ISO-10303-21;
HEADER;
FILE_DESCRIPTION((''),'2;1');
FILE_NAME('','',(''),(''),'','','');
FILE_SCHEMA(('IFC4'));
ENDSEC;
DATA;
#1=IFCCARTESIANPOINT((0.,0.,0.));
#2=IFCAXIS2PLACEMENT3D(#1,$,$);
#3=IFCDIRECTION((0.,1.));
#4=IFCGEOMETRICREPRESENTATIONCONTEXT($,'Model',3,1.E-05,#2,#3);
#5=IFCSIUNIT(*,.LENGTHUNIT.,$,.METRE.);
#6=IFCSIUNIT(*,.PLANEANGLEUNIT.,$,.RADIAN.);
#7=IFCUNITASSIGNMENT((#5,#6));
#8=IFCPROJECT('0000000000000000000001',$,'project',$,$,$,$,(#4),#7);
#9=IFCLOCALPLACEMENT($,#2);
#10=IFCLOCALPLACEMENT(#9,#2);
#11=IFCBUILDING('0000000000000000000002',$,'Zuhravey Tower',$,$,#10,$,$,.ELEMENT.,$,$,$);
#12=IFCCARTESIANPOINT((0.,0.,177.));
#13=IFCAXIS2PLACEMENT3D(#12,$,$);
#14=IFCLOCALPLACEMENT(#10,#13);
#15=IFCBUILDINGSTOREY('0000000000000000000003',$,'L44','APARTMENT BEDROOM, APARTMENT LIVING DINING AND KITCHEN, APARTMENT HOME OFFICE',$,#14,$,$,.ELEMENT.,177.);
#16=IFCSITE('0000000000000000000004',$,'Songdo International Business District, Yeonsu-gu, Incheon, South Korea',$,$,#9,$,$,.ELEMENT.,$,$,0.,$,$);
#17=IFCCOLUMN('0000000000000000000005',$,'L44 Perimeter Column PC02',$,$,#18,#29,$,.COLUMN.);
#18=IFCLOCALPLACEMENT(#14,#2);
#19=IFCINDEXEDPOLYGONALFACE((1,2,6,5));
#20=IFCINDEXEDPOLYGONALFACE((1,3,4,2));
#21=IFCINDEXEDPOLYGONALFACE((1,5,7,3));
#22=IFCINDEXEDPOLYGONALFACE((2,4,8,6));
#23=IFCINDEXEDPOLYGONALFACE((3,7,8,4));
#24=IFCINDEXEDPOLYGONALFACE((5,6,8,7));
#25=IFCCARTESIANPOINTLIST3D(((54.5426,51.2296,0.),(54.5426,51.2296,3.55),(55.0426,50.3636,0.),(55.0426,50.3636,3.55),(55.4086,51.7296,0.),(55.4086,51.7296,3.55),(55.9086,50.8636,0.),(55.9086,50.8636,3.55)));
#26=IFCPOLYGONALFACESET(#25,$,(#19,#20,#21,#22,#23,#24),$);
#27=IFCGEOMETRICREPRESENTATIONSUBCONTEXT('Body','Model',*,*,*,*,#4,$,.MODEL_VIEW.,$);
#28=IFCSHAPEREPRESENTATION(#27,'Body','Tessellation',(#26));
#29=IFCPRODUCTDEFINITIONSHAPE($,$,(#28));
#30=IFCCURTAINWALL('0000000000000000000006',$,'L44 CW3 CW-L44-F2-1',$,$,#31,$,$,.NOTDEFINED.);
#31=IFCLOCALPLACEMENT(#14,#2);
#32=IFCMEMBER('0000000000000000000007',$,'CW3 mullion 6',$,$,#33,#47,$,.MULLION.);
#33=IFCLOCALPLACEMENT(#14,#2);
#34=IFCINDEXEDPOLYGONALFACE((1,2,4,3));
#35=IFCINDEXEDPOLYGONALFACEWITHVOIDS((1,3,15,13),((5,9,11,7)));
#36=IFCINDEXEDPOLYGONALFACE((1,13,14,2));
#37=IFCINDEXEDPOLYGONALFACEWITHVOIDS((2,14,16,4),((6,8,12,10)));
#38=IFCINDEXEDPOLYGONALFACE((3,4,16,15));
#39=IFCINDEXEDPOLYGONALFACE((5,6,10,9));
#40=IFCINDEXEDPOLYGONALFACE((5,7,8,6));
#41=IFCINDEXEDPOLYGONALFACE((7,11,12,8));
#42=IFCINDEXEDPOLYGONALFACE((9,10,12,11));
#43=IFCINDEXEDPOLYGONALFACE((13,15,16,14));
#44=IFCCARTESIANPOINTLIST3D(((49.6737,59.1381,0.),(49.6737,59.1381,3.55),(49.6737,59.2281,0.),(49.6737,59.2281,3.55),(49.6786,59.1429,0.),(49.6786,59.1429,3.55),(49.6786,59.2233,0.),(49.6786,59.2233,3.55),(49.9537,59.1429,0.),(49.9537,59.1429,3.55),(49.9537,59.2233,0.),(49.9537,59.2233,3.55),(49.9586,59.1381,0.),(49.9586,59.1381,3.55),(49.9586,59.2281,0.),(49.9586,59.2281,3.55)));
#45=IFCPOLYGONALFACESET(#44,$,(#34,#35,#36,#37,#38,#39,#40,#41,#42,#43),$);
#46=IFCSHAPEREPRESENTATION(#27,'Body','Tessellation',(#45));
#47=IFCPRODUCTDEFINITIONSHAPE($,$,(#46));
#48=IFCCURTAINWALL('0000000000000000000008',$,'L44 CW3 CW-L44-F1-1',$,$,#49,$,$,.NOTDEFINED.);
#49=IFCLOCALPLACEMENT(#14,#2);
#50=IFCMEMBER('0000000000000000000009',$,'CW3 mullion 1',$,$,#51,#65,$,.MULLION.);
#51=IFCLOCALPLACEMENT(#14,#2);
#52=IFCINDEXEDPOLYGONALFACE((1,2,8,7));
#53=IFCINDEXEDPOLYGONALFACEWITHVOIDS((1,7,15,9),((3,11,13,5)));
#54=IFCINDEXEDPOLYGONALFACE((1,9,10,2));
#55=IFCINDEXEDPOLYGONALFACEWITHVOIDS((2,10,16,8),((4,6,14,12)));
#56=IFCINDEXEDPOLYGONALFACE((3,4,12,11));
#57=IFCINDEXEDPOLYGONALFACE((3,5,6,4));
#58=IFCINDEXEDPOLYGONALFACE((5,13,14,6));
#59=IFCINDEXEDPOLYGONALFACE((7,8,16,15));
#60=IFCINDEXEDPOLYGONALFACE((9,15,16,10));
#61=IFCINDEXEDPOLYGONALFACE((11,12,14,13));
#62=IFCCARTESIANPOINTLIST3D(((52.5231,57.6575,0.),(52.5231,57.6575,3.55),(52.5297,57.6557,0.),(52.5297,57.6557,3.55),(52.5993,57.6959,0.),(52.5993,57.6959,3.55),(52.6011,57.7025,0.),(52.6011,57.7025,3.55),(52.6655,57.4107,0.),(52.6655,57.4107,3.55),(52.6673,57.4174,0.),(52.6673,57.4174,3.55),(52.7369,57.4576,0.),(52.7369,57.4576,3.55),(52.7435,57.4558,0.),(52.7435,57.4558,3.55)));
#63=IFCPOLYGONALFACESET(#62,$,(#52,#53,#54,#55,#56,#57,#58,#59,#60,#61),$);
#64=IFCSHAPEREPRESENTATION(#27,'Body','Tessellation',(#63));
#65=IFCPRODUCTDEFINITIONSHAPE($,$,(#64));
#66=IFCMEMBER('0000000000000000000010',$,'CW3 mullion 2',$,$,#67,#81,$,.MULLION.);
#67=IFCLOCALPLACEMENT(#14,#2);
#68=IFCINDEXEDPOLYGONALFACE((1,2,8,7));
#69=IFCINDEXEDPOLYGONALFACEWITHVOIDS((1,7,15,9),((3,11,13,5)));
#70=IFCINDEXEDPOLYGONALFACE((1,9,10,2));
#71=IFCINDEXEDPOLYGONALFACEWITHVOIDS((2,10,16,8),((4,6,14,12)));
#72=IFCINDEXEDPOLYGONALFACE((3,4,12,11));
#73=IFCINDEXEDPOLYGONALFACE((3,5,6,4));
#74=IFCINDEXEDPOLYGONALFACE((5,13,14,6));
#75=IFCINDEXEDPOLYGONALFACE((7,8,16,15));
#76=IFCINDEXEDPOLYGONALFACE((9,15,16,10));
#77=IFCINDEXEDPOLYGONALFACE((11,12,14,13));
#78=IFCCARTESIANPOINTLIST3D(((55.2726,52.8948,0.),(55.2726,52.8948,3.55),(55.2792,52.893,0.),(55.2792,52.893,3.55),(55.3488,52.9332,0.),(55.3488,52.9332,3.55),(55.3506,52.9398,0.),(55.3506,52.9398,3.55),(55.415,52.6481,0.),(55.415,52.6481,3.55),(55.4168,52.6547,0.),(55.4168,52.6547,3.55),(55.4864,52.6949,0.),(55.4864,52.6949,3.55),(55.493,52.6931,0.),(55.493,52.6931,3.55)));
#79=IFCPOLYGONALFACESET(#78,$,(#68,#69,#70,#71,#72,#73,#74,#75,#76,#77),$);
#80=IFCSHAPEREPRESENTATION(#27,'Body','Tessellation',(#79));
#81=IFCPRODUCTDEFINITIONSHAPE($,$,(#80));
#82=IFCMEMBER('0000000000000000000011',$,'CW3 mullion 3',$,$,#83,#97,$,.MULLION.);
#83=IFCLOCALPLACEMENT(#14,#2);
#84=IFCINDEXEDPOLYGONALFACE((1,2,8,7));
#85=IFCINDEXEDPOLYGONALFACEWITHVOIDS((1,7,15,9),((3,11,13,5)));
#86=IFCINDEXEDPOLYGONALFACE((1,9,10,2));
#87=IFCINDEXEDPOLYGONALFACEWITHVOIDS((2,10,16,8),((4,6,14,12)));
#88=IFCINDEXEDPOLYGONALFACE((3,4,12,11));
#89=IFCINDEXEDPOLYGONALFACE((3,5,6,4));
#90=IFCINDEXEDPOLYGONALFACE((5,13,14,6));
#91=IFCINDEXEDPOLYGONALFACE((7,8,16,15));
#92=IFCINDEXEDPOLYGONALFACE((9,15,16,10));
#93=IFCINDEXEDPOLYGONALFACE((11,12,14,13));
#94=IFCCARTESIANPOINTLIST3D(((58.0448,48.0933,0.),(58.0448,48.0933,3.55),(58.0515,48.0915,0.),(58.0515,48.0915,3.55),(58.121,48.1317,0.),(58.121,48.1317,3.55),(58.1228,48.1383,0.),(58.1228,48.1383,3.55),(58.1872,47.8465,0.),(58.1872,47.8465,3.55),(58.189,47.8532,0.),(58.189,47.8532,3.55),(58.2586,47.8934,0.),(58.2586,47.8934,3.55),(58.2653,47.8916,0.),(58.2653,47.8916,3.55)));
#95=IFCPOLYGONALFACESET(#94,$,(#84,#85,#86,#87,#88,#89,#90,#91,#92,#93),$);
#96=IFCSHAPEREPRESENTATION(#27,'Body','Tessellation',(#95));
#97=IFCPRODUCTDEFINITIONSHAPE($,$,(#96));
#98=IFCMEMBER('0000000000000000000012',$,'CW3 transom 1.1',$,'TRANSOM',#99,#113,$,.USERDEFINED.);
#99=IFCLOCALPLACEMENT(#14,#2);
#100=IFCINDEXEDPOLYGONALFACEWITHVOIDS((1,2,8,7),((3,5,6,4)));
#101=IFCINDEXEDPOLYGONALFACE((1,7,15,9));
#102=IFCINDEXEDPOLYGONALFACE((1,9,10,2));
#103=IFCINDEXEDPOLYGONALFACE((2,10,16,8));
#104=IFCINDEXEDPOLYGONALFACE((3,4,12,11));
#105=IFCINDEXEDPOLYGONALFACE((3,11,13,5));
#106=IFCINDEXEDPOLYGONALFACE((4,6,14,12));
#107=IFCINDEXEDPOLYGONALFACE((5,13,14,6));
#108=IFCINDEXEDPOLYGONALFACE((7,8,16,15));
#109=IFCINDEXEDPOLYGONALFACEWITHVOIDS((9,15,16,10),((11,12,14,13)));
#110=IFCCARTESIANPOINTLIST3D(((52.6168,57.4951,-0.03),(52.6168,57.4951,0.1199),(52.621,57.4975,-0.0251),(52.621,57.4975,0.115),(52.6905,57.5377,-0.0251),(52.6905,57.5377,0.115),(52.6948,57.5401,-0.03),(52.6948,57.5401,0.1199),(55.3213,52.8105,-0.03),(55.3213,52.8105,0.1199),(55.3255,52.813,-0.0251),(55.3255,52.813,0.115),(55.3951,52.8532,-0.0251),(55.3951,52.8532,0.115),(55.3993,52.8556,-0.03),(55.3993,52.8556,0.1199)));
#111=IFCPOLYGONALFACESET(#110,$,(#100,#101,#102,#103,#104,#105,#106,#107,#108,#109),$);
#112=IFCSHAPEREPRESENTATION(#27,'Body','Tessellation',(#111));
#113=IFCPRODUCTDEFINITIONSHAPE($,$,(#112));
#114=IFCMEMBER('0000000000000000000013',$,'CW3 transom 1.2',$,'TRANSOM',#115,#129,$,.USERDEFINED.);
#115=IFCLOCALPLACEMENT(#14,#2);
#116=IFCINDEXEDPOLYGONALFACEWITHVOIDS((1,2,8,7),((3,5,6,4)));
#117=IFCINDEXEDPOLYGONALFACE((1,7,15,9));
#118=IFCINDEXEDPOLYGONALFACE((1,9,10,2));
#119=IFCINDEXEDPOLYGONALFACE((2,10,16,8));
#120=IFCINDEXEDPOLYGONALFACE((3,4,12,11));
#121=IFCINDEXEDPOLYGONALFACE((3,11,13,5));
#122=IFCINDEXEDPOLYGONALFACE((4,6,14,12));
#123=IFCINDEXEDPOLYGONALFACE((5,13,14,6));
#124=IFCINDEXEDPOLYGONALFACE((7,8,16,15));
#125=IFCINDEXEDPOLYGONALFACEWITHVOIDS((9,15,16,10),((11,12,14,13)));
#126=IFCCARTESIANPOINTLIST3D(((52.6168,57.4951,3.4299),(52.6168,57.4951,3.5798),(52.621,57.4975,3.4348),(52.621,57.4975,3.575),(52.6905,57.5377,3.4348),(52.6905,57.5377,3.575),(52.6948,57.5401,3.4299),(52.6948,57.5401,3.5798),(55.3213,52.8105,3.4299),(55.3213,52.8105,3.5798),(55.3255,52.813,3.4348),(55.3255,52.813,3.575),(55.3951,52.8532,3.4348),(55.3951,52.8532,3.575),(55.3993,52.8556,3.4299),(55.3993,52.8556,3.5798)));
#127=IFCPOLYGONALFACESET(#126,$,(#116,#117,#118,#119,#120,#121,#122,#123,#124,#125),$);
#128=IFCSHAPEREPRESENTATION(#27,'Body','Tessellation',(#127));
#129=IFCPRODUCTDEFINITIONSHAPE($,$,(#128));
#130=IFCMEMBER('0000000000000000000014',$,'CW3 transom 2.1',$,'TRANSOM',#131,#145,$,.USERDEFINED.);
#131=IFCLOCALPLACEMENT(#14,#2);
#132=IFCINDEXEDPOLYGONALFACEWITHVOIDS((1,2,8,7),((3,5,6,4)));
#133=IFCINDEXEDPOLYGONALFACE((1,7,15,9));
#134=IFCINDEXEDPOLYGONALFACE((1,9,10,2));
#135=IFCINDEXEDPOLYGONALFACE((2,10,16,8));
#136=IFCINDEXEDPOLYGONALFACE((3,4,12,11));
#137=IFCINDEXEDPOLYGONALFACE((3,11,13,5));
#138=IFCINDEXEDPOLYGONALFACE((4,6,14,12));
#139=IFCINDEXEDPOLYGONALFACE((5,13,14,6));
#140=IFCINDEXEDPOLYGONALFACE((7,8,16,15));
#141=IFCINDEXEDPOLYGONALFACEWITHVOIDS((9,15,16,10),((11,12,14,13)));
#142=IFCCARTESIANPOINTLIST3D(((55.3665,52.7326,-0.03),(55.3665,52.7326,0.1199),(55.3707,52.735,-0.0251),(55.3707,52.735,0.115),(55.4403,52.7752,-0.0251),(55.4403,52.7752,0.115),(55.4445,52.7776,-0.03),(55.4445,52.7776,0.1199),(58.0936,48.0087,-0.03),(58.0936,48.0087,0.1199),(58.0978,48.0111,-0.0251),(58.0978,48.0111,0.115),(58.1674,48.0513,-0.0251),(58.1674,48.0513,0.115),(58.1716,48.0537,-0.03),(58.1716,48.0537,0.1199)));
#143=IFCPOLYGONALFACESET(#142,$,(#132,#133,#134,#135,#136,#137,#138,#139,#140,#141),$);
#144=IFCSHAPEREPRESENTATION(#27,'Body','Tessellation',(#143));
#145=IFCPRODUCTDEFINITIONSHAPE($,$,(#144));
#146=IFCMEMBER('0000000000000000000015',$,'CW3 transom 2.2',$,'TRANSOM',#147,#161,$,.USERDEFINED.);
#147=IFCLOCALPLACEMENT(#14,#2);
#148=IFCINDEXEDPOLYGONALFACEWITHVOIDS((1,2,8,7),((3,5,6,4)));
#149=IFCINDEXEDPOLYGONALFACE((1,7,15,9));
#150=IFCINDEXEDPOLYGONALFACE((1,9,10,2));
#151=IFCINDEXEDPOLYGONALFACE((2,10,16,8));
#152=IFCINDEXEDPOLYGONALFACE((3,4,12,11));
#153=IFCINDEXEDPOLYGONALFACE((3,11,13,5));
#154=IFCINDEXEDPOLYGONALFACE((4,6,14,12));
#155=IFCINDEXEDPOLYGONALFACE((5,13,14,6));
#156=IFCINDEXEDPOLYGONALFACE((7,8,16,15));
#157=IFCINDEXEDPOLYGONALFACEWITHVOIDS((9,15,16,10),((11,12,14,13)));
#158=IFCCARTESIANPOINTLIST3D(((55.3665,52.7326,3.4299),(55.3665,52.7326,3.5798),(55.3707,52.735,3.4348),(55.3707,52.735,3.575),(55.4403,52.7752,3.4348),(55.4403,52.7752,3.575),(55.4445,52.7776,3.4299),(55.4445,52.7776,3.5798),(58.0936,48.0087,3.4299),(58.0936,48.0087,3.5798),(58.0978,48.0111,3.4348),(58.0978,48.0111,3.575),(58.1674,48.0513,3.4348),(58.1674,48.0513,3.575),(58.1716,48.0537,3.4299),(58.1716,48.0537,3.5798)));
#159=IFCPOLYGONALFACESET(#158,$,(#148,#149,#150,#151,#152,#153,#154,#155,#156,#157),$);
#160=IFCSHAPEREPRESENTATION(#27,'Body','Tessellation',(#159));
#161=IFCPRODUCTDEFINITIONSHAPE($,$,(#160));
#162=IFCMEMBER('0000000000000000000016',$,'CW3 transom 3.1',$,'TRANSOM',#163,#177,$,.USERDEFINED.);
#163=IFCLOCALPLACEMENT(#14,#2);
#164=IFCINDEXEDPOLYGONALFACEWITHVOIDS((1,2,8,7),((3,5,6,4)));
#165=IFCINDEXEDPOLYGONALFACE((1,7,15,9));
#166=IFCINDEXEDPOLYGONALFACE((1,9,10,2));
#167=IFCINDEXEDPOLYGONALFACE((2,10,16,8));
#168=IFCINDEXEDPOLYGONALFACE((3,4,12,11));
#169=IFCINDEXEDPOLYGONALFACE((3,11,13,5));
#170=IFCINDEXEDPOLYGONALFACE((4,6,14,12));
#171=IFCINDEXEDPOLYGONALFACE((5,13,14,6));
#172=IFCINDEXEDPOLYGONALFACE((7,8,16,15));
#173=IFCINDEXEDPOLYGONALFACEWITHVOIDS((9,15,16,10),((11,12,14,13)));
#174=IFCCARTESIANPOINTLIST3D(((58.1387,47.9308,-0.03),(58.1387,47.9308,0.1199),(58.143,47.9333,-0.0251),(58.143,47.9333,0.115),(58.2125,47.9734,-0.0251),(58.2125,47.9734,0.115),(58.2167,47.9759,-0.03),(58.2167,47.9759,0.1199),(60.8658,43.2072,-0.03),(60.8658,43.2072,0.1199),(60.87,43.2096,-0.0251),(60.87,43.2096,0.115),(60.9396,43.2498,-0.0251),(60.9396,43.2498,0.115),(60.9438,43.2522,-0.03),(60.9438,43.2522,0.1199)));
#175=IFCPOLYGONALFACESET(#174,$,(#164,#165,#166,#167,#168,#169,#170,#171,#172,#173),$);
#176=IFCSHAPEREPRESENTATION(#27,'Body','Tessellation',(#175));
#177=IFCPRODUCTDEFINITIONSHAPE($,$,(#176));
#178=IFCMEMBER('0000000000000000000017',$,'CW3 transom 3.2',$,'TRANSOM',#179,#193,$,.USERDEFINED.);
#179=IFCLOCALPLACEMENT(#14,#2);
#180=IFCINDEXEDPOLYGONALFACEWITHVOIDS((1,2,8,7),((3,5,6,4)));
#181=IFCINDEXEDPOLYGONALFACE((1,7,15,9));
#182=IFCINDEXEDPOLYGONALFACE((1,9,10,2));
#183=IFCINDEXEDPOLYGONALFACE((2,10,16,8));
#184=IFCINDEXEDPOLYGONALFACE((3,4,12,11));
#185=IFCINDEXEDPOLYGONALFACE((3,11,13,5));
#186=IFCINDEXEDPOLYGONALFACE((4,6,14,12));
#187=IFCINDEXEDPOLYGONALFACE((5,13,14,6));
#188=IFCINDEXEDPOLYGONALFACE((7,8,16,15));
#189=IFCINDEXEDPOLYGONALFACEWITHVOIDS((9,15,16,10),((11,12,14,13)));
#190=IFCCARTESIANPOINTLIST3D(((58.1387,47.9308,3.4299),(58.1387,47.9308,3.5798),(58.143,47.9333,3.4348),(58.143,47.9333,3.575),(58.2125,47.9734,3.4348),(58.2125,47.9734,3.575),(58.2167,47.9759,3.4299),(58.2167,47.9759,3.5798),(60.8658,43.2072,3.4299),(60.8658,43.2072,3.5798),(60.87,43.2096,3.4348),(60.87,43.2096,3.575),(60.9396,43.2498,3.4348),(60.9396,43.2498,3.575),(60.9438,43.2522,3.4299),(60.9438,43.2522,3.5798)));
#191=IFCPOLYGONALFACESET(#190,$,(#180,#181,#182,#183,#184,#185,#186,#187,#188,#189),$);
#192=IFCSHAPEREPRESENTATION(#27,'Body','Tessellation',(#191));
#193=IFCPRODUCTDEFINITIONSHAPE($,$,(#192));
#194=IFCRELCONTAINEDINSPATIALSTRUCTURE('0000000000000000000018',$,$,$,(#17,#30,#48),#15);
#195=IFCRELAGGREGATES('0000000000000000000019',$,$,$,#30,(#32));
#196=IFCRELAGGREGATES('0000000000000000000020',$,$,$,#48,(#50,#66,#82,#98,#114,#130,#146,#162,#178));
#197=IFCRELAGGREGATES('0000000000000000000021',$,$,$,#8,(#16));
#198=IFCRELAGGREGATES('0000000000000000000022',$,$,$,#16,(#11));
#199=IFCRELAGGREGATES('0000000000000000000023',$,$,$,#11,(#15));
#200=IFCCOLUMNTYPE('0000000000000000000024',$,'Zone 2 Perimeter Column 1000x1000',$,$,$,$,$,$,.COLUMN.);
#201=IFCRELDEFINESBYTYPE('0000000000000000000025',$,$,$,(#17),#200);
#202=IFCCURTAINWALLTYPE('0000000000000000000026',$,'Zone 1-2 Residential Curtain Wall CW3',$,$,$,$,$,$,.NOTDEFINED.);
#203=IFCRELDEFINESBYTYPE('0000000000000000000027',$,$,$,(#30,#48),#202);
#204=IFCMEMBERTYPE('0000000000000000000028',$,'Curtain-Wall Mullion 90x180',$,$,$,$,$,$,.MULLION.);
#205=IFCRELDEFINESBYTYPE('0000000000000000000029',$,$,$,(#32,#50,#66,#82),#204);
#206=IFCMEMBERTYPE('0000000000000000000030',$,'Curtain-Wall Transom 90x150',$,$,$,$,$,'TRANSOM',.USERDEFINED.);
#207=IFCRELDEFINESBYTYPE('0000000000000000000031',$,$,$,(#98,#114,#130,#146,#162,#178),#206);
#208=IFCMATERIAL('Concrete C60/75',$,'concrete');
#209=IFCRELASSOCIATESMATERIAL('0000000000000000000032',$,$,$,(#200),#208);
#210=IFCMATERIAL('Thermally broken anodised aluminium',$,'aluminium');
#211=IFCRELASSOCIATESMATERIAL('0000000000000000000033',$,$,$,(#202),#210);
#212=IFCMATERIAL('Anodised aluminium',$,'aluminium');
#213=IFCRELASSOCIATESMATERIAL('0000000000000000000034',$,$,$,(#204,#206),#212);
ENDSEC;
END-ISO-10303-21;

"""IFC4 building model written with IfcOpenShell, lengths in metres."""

from ifc_helpers import new_model, si_unit, direction, frame, origin, origin_2d, place, context, subcontext, project, spatial, rectangle, hollow_rectangle, extrude, material, material_profile, profile_set, type_object, element, aggregate, save


model = new_model("IFC4")

# Units and contexts
model_context = context("Model", 3, precision=1e-05, world=origin(), true_north=direction((0.0, 1.0)))
body_context = subcontext(model_context, "Body", "Model", "MODEL_VIEW")
ifc_project = project(units=[si_unit("LENGTHUNIT", "METRE"), si_unit("PLANEANGLEUNIT", "RADIAN")], contexts=[model_context])

# Site, building, storey
site_placement = place(None, origin())
site = spatial("IfcSite", under=ifc_project, at=site_placement, Name="Songdo International Business District, Yeonsu-gu, Incheon, South Korea", CompositionType="ELEMENT", RefElevation=0.0)
building_placement = place(site_placement, origin())
building = spatial("IfcBuilding", under=site, at=building_placement, Name="Zuhravey Tower", CompositionType="ELEMENT")
storey_placement = place(building_placement, frame((0.0, 0.0, 177.0)))
storey = spatial("IfcBuildingStorey", under=building, at=storey_placement, Name="L44", Description="APARTMENT BEDROOM, APARTMENT LIVING DINING AND KITCHEN, APARTMENT HOME OFFICE", CompositionType="ELEMENT", Elevation=177.0)

# Column
ifc_material_1 = material(Name="Concrete C60/75", Category="concrete")
ifc_material_profile_1 = material_profile(ifc_material_1, rectangle(XDim=1.0, YDim=1.0, at=origin_2d()), Name="RC-1000x1000")
ifc_profile_set_1 = profile_set([ifc_material_profile_1], Name="Concrete C60/75")
column_type = type_object("IfcColumnType", Name="Zone 2 Perimeter Column 1000x1000", PredefinedType="COLUMN", material=ifc_profile_set_1)
column_placement = place(storey_placement, frame((55.2256, 51.0466, 0.0), z_axis=(0.0, 0.0, 1.0), x_axis=(-0.5, 0.866025, 0.0)))
element("IfcColumn", 1, at=column_placement, inside=storey, type_object=column_type, Name="L44 Perimeter Column PC02", PredefinedType="COLUMN", context=body_context, shape_type="SweptSolid", body=[
    extrude(rectangle(XDim=1.0, YDim=1.0, at=origin_2d()), origin(), (0.0, 0.0, 1.0), 3.55),
])

# Curtain wall, member
ifc_material_2 = material(Name="Thermally broken anodised aluminium", Category="aluminium")
curtain_wall_type = type_object("IfcCurtainWallType", Name="Zone 1-2 Residential Curtain Wall CW3", PredefinedType="NOTDEFINED", material=ifc_material_2)
curtain_wall_1_placement = place(storey_placement, origin())
curtain_wall_1 = element("IfcCurtainWall", 2, at=curtain_wall_1_placement, inside=storey, type_object=curtain_wall_type, Name="L44 CW3 CW-L44-F2-1", PredefinedType="NOTDEFINED")
ifc_material_3 = material(Name="Anodised aluminium", Category="aluminium")
ifc_material_profile_2 = material_profile(ifc_material_3, hollow_rectangle(XDim=0.0901, YDim=0.2849, WallThickness=0.0049, at=origin_2d()), Name="ALU-RHS-90x285x5")
ifc_profile_set_2 = profile_set([ifc_material_profile_2], Name="Anodised aluminium")
member_type_1 = type_object("IfcMemberType", Name="Curtain-Wall Mullion 90x180", PredefinedType="MULLION", material=ifc_profile_set_2)
member_1_placement = place(storey_placement, frame((49.8162, 59.1831, 0.0), z_axis=(0.0, 0.0, 1.0), x_axis=(0.0, 1.0, 0.0)))
member_1 = element("IfcMember", 3, at=member_1_placement, type_object=member_type_1, Name="CW3 mullion 6", PredefinedType="MULLION", context=body_context, shape_type="SweptSolid", body=[
    extrude(hollow_rectangle(XDim=0.0901, YDim=0.2849, WallThickness=0.0049, at=origin_2d()), origin(), (0.0, 0.0, 1.0), 3.55),
])
aggregate(curtain_wall_1, [member_1])

# Curtain wall, members
curtain_wall_2_placement = place(storey_placement, origin())
curtain_wall_2 = element("IfcCurtainWall", 4, at=curtain_wall_2_placement, inside=storey, type_object=curtain_wall_type, Name="L44 CW3 CW-L44-F1-1", PredefinedType="NOTDEFINED")
member_2_placement = place(storey_placement, frame((52.6333, 57.5566, 0.0), z_axis=(0.0, 0.0, 1.0), x_axis=(0.866025, 0.5, 0.0)))
member_2 = element("IfcMember", 5, at=member_2_placement, type_object=member_type_1, Name="CW3 mullion 1", PredefinedType="MULLION", context=body_context, shape_type="SweptSolid", body=[
    extrude(hollow_rectangle(XDim=0.0901, YDim=0.2849, WallThickness=0.0049, at=origin_2d()), origin(), (0.0, 0.0, 1.0), 3.55),
])
member_3_placement = place(storey_placement, frame((55.3828, 52.7939, 0.0), z_axis=(0.0, 0.0, 1.0), x_axis=(0.866025, 0.5, 0.0)))
member_3 = element("IfcMember", 6, at=member_3_placement, type_object=member_type_1, Name="CW3 mullion 2", PredefinedType="MULLION", context=body_context, shape_type="SweptSolid", body=[
    extrude(hollow_rectangle(XDim=0.0901, YDim=0.2849, WallThickness=0.0049, at=origin_2d()), origin(), (0.0, 0.0, 1.0), 3.55),
])
member_4_placement = place(storey_placement, frame((58.155, 47.9924, 0.0), z_axis=(0.0, 0.0, 1.0), x_axis=(0.866025, 0.5, 0.0)))
member_4 = element("IfcMember", 7, at=member_4_placement, type_object=member_type_1, Name="CW3 mullion 3", PredefinedType="MULLION", context=body_context, shape_type="SweptSolid", body=[
    extrude(hollow_rectangle(XDim=0.0901, YDim=0.2849, WallThickness=0.0049, at=origin_2d()), origin(), (0.0, 0.0, 1.0), 3.55),
])
ifc_material_profile_3 = material_profile(ifc_material_3, hollow_rectangle(XDim=0.0901, YDim=0.1499, WallThickness=0.0049, at=origin_2d()), Name="ALU-RHS-90x150x5")
ifc_profile_set_3 = profile_set([ifc_material_profile_3], Name="Anodised aluminium")
member_type_2 = type_object("IfcMemberType", Name="Curtain-Wall Transom 90x150", ElementType="TRANSOM", PredefinedType="USERDEFINED", material=ifc_profile_set_3)
member_5_placement = place(storey_placement, frame((52.6558, 57.5176, 0.0449), z_axis=(0.499993, -0.866029, 0.0), x_axis=(0.866029, 0.499993, 0.0)))
member_5 = element("IfcMember", 8, at=member_5_placement, type_object=member_type_2, Name="CW3 transom 1.1", ObjectType="TRANSOM", PredefinedType="USERDEFINED", context=body_context, shape_type="SweptSolid", body=[
    extrude(hollow_rectangle(XDim=0.0901, YDim=0.1499, WallThickness=0.0049, at=origin_2d()), origin(), (0.0, 0.0, 1.0), 5.4092),
])
member_6_placement = place(storey_placement, frame((52.6558, 57.5176, 3.5049), z_axis=(0.499993, -0.866029, 0.0), x_axis=(0.866029, 0.499993, 0.0)))
member_6 = element("IfcMember", 9, at=member_6_placement, type_object=member_type_2, Name="CW3 transom 1.2", ObjectType="TRANSOM", PredefinedType="USERDEFINED", context=body_context, shape_type="SweptSolid", body=[
    extrude(hollow_rectangle(XDim=0.0901, YDim=0.1499, WallThickness=0.0049, at=origin_2d()), origin(), (0.0, 0.0, 1.0), 5.4092),
])
member_7_placement = place(storey_placement, frame((55.4055, 52.7551, 0.0449), z_axis=(0.499961, -0.866048, 0.0), x_axis=(0.866048, 0.499961, 0.0)))
member_7 = element("IfcMember", 10, at=member_7_placement, type_object=member_type_2, Name="CW3 transom 2.1", ObjectType="TRANSOM", PredefinedType="USERDEFINED", context=body_context, shape_type="SweptSolid", body=[
    extrude(hollow_rectangle(XDim=0.0901, YDim=0.1499, WallThickness=0.0049, at=origin_2d()), origin(), (0.0, 0.0, 1.0), 5.4546),
])
member_8_placement = place(storey_placement, frame((55.4055, 52.7551, 3.5049), z_axis=(0.499961, -0.866048, 0.0), x_axis=(0.866048, 0.499961, 0.0)))
member_8 = element("IfcMember", 11, at=member_8_placement, type_object=member_type_2, Name="CW3 transom 2.2", ObjectType="TRANSOM", PredefinedType="USERDEFINED", context=body_context, shape_type="SweptSolid", body=[
    extrude(hollow_rectangle(XDim=0.0901, YDim=0.1499, WallThickness=0.0049, at=origin_2d()), origin(), (0.0, 0.0, 1.0), 5.4546),
])
member_9_placement = place(storey_placement, frame((58.1777, 47.9534, 0.0449), z_axis=(0.499981, -0.866037, 0.0), x_axis=(0.866037, 0.499981, 0.0)))
member_9 = element("IfcMember", 12, at=member_9_placement, type_object=member_type_2, Name="CW3 transom 3.1", ObjectType="TRANSOM", PredefinedType="USERDEFINED", context=body_context, shape_type="SweptSolid", body=[
    extrude(hollow_rectangle(XDim=0.0901, YDim=0.1499, WallThickness=0.0049, at=origin_2d()), origin(), (0.0, 0.0, 1.0), 5.4543),
])
member_10_placement = place(storey_placement, frame((58.1777, 47.9534, 3.5049), z_axis=(0.499981, -0.866037, 0.0), x_axis=(0.866037, 0.499981, 0.0)))
member_10 = element("IfcMember", 13, at=member_10_placement, type_object=member_type_2, Name="CW3 transom 3.2", ObjectType="TRANSOM", PredefinedType="USERDEFINED", context=body_context, shape_type="SweptSolid", body=[
    extrude(hollow_rectangle(XDim=0.0901, YDim=0.1499, WallThickness=0.0049, at=origin_2d()), origin(), (0.0, 0.0, 1.0), 5.4543),
])

aggregate(curtain_wall_2, [member_2, member_3, member_4, member_5, member_6, member_7, member_8, member_9, member_10])

save(model, "model.ifc")
